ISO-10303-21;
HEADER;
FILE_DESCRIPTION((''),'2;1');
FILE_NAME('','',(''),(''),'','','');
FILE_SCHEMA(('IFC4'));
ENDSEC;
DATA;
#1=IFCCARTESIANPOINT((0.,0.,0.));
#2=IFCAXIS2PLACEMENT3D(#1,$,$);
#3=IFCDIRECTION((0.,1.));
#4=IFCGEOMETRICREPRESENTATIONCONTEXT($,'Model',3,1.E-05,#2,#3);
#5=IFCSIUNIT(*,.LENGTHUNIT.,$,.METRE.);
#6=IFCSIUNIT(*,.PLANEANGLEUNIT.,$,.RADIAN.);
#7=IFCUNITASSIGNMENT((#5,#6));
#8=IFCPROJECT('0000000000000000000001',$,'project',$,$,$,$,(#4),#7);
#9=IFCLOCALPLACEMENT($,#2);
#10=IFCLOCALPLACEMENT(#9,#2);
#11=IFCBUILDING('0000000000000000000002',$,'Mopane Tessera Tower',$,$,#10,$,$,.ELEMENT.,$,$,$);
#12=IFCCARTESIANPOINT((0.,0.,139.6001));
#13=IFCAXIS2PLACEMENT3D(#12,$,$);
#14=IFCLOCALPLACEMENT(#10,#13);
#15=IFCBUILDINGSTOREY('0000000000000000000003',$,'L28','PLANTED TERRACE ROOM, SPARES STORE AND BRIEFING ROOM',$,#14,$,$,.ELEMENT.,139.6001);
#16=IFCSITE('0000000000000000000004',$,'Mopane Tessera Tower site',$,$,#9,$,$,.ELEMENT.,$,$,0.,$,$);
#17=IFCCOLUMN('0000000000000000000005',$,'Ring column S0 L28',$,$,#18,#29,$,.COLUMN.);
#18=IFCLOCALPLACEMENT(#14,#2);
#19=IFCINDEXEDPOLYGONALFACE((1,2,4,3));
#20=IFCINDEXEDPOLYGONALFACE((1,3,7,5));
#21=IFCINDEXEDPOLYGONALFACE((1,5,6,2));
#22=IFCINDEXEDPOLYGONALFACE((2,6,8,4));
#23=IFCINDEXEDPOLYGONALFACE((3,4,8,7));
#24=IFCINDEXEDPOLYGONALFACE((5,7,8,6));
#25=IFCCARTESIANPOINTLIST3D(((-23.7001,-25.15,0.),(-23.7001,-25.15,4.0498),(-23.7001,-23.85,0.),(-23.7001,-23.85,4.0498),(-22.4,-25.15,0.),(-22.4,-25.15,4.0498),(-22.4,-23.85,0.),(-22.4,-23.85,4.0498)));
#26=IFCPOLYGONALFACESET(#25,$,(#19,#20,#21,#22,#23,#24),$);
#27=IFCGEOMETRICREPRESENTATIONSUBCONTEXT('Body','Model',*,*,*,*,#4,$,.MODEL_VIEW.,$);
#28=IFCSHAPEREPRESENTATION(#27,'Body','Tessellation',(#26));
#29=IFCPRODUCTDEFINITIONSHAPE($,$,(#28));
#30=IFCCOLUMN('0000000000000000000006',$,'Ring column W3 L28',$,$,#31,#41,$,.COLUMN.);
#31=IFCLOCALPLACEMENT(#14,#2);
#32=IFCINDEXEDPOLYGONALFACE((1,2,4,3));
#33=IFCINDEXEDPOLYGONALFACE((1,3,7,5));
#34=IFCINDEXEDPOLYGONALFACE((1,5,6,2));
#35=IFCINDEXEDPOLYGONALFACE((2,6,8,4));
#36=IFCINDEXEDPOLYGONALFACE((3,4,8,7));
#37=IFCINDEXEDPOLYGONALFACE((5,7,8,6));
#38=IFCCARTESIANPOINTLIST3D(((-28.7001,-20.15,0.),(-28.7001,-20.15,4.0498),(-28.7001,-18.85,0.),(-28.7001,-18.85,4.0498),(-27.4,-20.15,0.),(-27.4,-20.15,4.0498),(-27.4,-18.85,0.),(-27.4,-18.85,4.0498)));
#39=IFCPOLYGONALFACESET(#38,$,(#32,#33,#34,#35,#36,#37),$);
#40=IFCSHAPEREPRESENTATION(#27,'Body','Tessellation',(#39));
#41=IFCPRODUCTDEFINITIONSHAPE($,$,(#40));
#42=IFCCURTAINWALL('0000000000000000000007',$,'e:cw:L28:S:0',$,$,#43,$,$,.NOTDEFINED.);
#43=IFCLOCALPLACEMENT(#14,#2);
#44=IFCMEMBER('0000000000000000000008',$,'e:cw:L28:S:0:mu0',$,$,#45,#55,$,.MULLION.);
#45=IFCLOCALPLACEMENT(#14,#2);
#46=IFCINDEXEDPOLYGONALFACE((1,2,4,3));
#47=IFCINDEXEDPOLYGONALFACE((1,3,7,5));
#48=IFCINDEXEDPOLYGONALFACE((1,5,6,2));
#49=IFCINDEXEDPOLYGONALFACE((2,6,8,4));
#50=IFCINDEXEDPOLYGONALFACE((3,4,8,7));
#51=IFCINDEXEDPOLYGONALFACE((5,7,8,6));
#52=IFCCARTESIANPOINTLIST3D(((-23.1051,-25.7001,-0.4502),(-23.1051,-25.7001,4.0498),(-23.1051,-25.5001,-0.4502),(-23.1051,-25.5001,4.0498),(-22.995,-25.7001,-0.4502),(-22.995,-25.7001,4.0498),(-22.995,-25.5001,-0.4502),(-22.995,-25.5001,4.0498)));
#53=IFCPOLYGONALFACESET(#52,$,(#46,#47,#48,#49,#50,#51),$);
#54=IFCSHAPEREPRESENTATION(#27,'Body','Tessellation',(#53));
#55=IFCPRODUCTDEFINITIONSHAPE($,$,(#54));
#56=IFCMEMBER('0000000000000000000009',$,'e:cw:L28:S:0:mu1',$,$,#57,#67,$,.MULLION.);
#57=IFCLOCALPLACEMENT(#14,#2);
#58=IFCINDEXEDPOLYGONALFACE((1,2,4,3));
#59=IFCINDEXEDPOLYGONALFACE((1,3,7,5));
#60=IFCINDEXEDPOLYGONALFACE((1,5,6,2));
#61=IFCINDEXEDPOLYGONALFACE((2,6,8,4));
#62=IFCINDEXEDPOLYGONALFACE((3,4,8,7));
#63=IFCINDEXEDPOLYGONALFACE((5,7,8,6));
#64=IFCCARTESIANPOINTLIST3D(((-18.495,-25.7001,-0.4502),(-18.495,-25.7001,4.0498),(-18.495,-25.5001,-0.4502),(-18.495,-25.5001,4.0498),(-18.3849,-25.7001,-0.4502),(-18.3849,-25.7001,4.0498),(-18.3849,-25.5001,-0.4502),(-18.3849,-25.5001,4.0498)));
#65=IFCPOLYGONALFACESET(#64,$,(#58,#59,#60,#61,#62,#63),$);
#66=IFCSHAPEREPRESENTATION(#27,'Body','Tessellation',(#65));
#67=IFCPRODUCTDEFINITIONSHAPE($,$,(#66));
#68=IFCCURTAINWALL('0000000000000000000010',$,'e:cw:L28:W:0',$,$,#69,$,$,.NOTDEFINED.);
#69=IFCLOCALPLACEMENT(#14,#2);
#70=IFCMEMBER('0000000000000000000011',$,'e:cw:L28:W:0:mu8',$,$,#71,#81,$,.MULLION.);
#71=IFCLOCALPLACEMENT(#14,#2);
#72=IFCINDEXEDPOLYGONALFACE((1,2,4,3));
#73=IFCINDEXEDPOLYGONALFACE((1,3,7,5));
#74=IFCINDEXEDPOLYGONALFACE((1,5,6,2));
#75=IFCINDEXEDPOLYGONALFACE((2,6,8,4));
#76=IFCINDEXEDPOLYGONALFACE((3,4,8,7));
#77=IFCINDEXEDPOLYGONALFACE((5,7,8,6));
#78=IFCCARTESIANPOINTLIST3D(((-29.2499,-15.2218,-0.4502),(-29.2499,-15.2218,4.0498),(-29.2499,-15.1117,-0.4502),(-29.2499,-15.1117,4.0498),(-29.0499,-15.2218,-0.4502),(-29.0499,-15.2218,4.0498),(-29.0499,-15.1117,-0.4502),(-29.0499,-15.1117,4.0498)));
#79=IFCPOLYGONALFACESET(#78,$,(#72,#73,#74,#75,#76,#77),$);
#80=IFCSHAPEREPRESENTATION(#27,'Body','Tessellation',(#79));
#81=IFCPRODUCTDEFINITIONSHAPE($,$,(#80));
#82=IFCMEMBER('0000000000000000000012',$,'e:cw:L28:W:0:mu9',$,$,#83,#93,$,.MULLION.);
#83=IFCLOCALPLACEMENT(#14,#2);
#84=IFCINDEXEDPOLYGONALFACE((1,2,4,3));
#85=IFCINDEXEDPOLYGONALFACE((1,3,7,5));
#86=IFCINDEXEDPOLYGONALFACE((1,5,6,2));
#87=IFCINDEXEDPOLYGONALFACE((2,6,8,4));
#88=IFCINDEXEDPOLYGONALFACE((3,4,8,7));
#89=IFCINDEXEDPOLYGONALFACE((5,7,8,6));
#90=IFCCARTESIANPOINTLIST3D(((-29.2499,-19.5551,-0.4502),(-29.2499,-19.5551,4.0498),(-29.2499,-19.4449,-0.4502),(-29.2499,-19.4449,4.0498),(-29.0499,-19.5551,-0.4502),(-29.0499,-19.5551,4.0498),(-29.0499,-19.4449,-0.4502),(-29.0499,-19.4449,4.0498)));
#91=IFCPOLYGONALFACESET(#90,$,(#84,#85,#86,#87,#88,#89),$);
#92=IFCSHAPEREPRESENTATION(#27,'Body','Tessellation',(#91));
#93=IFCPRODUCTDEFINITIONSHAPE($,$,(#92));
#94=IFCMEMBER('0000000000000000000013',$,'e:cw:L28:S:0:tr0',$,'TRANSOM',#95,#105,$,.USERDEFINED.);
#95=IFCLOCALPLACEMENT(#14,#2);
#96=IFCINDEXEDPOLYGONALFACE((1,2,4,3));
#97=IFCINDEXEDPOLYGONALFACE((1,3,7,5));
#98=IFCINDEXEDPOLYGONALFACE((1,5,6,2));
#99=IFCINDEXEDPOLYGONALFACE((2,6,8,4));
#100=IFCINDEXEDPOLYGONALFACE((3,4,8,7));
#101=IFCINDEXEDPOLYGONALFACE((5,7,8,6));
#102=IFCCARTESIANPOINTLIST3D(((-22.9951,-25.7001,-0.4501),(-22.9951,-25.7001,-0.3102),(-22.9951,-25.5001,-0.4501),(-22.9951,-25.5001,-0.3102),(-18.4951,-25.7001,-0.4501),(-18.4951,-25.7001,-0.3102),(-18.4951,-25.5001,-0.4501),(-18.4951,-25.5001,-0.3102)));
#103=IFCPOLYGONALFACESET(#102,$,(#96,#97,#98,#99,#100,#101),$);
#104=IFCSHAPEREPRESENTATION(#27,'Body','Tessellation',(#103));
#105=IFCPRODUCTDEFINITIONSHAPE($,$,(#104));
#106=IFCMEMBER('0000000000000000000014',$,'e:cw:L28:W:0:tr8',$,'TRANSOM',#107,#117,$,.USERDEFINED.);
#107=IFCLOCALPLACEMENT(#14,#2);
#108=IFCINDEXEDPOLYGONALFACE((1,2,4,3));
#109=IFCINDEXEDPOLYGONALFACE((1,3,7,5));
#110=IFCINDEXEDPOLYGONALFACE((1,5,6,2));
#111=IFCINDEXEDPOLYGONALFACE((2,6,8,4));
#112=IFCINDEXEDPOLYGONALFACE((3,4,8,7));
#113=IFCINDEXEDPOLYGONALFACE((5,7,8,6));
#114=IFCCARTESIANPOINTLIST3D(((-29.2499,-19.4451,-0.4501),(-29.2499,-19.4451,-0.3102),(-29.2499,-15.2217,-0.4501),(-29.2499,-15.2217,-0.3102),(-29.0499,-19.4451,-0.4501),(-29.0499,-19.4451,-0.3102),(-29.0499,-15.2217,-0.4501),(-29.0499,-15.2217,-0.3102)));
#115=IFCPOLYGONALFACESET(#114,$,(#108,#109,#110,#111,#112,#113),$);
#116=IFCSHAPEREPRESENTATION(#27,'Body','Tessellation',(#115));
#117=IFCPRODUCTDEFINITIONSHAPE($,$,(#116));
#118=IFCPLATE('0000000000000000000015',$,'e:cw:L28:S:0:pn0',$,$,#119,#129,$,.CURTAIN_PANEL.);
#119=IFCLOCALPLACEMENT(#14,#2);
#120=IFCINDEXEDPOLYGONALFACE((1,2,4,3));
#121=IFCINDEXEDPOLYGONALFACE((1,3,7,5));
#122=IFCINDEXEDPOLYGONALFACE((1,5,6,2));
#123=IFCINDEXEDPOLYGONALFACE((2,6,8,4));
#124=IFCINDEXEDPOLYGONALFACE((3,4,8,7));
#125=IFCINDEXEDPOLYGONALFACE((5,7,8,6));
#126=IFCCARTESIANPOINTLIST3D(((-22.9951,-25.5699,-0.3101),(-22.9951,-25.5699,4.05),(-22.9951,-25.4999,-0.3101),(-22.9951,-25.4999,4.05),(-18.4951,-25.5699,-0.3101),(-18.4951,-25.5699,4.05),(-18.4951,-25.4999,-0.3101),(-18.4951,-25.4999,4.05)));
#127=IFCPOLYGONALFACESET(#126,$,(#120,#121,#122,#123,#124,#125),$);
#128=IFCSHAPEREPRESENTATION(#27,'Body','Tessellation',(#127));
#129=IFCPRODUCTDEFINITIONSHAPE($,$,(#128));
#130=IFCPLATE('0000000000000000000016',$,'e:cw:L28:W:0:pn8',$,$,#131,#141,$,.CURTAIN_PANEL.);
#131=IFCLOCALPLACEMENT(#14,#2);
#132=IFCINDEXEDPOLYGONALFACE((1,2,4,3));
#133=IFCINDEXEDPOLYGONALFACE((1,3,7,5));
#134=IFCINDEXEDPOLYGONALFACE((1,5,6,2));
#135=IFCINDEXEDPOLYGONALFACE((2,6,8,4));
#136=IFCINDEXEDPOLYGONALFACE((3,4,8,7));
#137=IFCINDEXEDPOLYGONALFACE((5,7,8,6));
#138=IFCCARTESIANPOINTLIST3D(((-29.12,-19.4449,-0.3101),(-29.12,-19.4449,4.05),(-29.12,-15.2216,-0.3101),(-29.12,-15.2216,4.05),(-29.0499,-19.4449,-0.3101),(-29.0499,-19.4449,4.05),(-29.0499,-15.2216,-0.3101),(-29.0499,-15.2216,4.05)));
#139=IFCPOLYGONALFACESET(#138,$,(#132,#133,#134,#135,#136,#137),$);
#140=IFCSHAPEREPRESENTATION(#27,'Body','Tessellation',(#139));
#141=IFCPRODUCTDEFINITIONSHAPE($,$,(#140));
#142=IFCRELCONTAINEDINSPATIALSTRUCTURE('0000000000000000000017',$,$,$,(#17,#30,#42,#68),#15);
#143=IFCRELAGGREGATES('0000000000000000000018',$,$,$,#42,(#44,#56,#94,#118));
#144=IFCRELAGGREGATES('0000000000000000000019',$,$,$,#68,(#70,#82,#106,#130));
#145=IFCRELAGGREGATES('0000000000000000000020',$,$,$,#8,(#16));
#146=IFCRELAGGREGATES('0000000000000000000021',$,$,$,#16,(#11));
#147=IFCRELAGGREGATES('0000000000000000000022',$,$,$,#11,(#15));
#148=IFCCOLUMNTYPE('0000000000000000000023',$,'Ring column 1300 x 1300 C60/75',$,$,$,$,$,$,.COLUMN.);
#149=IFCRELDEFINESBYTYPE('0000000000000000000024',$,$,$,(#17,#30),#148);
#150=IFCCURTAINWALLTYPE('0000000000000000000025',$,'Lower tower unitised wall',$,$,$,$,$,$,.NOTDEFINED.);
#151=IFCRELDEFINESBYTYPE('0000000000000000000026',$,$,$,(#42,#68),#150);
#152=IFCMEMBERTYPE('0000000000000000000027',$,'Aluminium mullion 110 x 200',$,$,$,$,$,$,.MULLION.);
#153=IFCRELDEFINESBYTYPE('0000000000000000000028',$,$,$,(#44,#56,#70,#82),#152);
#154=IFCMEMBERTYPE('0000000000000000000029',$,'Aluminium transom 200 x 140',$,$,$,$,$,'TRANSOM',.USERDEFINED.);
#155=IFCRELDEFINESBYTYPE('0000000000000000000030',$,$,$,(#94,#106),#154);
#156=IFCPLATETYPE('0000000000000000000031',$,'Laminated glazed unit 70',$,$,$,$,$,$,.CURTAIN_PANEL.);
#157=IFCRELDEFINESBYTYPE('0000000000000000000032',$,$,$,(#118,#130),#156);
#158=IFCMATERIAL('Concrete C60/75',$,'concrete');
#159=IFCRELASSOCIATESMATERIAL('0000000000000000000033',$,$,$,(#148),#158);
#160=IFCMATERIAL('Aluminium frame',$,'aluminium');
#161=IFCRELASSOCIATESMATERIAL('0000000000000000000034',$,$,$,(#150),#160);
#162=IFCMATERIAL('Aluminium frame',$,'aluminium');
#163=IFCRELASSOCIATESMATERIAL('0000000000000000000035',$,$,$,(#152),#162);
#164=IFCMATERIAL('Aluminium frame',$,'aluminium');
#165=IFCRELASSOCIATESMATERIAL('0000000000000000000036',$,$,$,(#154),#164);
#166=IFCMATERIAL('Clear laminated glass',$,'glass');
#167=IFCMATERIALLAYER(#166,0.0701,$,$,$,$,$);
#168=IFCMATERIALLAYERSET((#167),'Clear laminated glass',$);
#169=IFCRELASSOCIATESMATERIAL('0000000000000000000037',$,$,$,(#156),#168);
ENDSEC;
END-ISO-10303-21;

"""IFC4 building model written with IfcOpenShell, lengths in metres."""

from ifc_helpers import new_model, si_unit, direction, frame, origin, origin_2d, place, context, subcontext, project, spatial, rectangle, extrude, material, layer, layer_set, material_profile, profile_set, type_object, element, aggregate, save


model = new_model("IFC4")

# Units and contexts
model_context = context("Model", 3, precision=1e-05, world=origin(), true_north=direction((0.0, 1.0)))
body_context = subcontext(model_context, "Body", "Model", "MODEL_VIEW")
ifc_project = project(units=[si_unit("LENGTHUNIT", "METRE"), si_unit("PLANEANGLEUNIT", "RADIAN")], contexts=[model_context])

# Site, building, storey
site_placement = place(None, origin())
site = spatial("IfcSite", under=ifc_project, at=site_placement, Name="Mopane Tessera Tower site", CompositionType="ELEMENT", RefElevation=0.0)
building_placement = place(site_placement, origin())
building = spatial("IfcBuilding", under=site, at=building_placement, Name="Mopane Tessera Tower", CompositionType="ELEMENT")
storey_placement = place(building_placement, frame((0.0, 0.0, 139.6001)))
storey = spatial("IfcBuildingStorey", under=building, at=storey_placement, Name="L28", Description="PLANTED TERRACE ROOM, SPARES STORE AND BRIEFING ROOM", CompositionType="ELEMENT", Elevation=139.6001)

# Columns
ifc_material_1 = material(Name="Concrete C60/75", Category="concrete")
ifc_material_profile_1 = material_profile(ifc_material_1, rectangle(XDim=1.3, YDim=1.3, at=origin_2d()))
ifc_profile_set_1 = profile_set([ifc_material_profile_1], Name="Concrete C60/75")
column_type = type_object("IfcColumnType", Name="Ring column 1300 x 1300 C60/75", PredefinedType="COLUMN", material=ifc_profile_set_1)
for number, where, z_axis, x_axis, name in (
    (1, (-23.05, -24.5, 0.0), (0.0, 0.0, 1.0), (1.0, 0.0, 0.0), "Ring column S0 L28"),
    (2, (-28.05, -19.5, 0.0), (0.0, 0.0, 1.0), (1.0, 0.0, 0.0), "Ring column W3 L28"),
):
    element("IfcColumn", number, at=place(storey_placement, frame(where, z_axis=z_axis, x_axis=x_axis)), inside=storey, type_object=column_type, Name=name, PredefinedType="COLUMN", context=body_context, shape_type="SweptSolid", body=[
        extrude(rectangle(XDim=1.3, YDim=1.3, at=origin_2d()), origin(), (0.0, 0.0, 1.0), 4.0498),
    ])

# Curtain walls, members
ifc_material_2 = material(Name="Aluminium frame", Category="aluminium")
curtain_wall_type = type_object("IfcCurtainWallType", Name="Lower tower unitised wall", PredefinedType="NOTDEFINED", material=ifc_material_2)
curtain_wall_1_placement = place(storey_placement, origin())
curtain_wall_1 = element("IfcCurtainWall", 3, at=curtain_wall_1_placement, inside=storey, type_object=curtain_wall_type, Name="e:cw:L28:S:0", PredefinedType="NOTDEFINED")
ifc_material_3 = material(Name="Aluminium frame", Category="aluminium")
ifc_material_profile_2 = material_profile(ifc_material_3, rectangle(XDim=0.1101, YDim=0.2, at=origin_2d()))
ifc_profile_set_2 = profile_set([ifc_material_profile_2], Name="Aluminium frame")
member_type_1 = type_object("IfcMemberType", Name="Aluminium mullion 110 x 200", PredefinedType="MULLION", material=ifc_profile_set_2)
member_1_placement = place(storey_placement, frame((-23.05, -25.6001, -0.4502), z_axis=(0.0, 0.0, 1.0), x_axis=(1.0, 0.0, 0.0)))
member_1 = element("IfcMember", 4, at=member_1_placement, type_object=member_type_1, Name="e:cw:L28:S:0:mu0", PredefinedType="MULLION", context=body_context, shape_type="SweptSolid", body=[
    extrude(rectangle(XDim=0.1101, YDim=0.2, at=origin_2d()), origin(), (0.0, 0.0, 1.0), 4.5),
])
member_2_placement = place(storey_placement, frame((-18.4399, -25.6001, -0.4502), z_axis=(0.0, 0.0, 1.0), x_axis=(1.0, 0.0, 0.0)))
member_2 = element("IfcMember", 5, at=member_2_placement, type_object=member_type_1, Name="e:cw:L28:S:0:mu1", PredefinedType="MULLION", context=body_context, shape_type="SweptSolid", body=[
    extrude(rectangle(XDim=0.1101, YDim=0.2, at=origin_2d()), origin(), (0.0, 0.0, 1.0), 4.5),
])
curtain_wall_2_placement = place(storey_placement, origin())
curtain_wall_2 = element("IfcCurtainWall", 6, at=curtain_wall_2_placement, inside=storey, type_object=curtain_wall_type, Name="e:cw:L28:W:0", PredefinedType="NOTDEFINED")
member_3_placement = place(storey_placement, frame((-29.1499, -15.1667, -0.4502), z_axis=(0.0, 0.0, 1.0), x_axis=(0.0, -1.0, 0.0)))
member_3 = element("IfcMember", 7, at=member_3_placement, type_object=member_type_1, Name="e:cw:L28:W:0:mu8", PredefinedType="MULLION", context=body_context, shape_type="SweptSolid", body=[
    extrude(rectangle(XDim=0.1101, YDim=0.2, at=origin_2d()), origin(), (0.0, 0.0, 1.0), 4.5),
])
member_4_placement = place(storey_placement, frame((-29.1499, -19.5, -0.4502), z_axis=(0.0, 0.0, 1.0), x_axis=(0.0, -1.0, 0.0)))
member_4 = element("IfcMember", 8, at=member_4_placement, type_object=member_type_1, Name="e:cw:L28:W:0:mu9", PredefinedType="MULLION", context=body_context, shape_type="SweptSolid", body=[
    extrude(rectangle(XDim=0.1101, YDim=0.2, at=origin_2d()), origin(), (0.0, 0.0, 1.0), 4.5),
])

# Members
ifc_material_4 = material(Name="Aluminium frame", Category="aluminium")
ifc_material_profile_3 = material_profile(ifc_material_4, rectangle(XDim=0.2, YDim=0.1399, at=origin_2d()))
ifc_profile_set_3 = profile_set([ifc_material_profile_3], Name="Aluminium frame")
member_type_2 = type_object("IfcMemberType", Name="Aluminium transom 200 x 140", ElementType="TRANSOM", PredefinedType="USERDEFINED", material=ifc_profile_set_3)
member_5_placement = place(storey_placement, frame((-22.9951, -25.6001, -0.3801), z_axis=(1.0, 0.0, 0.0), x_axis=(0.0, 1.0, 0.0)))
member_5 = element("IfcMember", 9, at=member_5_placement, type_object=member_type_2, Name="e:cw:L28:S:0:tr0", ObjectType="TRANSOM", PredefinedType="USERDEFINED", context=body_context, shape_type="SweptSolid", body=[
    extrude(rectangle(XDim=0.2, YDim=0.1399, at=origin_2d()), origin(), (0.0, 0.0, 1.0), 4.5),
])
member_6_placement = place(storey_placement, frame((-29.1499, -15.2217, -0.3801), z_axis=(0.0, -1.0, 0.0), x_axis=(1.0, 0.0, 0.0)))
member_6 = element("IfcMember", 10, at=member_6_placement, type_object=member_type_2, Name="e:cw:L28:W:0:tr8", ObjectType="TRANSOM", PredefinedType="USERDEFINED", context=body_context, shape_type="SweptSolid", body=[
    extrude(rectangle(XDim=0.2, YDim=0.1399, at=origin_2d()), origin(), (0.0, 0.0, 1.0), 4.2234),
])

# Plates
ifc_material_5 = material(Name="Clear laminated glass", Category="glass")
ifc_layer_1 = layer(ifc_material_5, 0.0701)
ifc_layer_set_1 = layer_set([ifc_layer_1], Name="Clear laminated glass")
plate_type = type_object("IfcPlateType", Name="Laminated glazed unit 70", PredefinedType="CURTAIN_PANEL", material=ifc_layer_set_1)
plate_1_placement = place(storey_placement, frame((-20.7451, -25.5349, -0.3101), z_axis=(0.0, 0.0, 1.0), x_axis=(1.0, 0.0, 0.0)))
plate_1 = element("IfcPlate", 11, at=plate_1_placement, type_object=plate_type, Name="e:cw:L28:S:0:pn0", PredefinedType="CURTAIN_PANEL", context=body_context, shape_type="SweptSolid", body=[
    extrude(rectangle(XDim=4.5, YDim=0.0701, at=origin_2d()), origin(), (0.0, 0.0, 1.0), 4.3601),
])
aggregate(curtain_wall_1, [member_1, member_2, member_5, plate_1])
plate_2_placement = place(storey_placement, frame((-29.085, -17.3333, -0.3101), z_axis=(0.0, 0.0, 1.0), x_axis=(0.0, -1.0, 0.0)))
plate_2 = element("IfcPlate", 12, at=plate_2_placement, type_object=plate_type, Name="e:cw:L28:W:0:pn8", PredefinedType="CURTAIN_PANEL", context=body_context, shape_type="SweptSolid", body=[
    extrude(rectangle(XDim=4.2234, YDim=0.0701, at=origin_2d()), origin(), (0.0, 0.0, 1.0), 4.3601),
])
aggregate(curtain_wall_2, [member_3, member_4, member_6, plate_2])

save(model, "model.ifc")
